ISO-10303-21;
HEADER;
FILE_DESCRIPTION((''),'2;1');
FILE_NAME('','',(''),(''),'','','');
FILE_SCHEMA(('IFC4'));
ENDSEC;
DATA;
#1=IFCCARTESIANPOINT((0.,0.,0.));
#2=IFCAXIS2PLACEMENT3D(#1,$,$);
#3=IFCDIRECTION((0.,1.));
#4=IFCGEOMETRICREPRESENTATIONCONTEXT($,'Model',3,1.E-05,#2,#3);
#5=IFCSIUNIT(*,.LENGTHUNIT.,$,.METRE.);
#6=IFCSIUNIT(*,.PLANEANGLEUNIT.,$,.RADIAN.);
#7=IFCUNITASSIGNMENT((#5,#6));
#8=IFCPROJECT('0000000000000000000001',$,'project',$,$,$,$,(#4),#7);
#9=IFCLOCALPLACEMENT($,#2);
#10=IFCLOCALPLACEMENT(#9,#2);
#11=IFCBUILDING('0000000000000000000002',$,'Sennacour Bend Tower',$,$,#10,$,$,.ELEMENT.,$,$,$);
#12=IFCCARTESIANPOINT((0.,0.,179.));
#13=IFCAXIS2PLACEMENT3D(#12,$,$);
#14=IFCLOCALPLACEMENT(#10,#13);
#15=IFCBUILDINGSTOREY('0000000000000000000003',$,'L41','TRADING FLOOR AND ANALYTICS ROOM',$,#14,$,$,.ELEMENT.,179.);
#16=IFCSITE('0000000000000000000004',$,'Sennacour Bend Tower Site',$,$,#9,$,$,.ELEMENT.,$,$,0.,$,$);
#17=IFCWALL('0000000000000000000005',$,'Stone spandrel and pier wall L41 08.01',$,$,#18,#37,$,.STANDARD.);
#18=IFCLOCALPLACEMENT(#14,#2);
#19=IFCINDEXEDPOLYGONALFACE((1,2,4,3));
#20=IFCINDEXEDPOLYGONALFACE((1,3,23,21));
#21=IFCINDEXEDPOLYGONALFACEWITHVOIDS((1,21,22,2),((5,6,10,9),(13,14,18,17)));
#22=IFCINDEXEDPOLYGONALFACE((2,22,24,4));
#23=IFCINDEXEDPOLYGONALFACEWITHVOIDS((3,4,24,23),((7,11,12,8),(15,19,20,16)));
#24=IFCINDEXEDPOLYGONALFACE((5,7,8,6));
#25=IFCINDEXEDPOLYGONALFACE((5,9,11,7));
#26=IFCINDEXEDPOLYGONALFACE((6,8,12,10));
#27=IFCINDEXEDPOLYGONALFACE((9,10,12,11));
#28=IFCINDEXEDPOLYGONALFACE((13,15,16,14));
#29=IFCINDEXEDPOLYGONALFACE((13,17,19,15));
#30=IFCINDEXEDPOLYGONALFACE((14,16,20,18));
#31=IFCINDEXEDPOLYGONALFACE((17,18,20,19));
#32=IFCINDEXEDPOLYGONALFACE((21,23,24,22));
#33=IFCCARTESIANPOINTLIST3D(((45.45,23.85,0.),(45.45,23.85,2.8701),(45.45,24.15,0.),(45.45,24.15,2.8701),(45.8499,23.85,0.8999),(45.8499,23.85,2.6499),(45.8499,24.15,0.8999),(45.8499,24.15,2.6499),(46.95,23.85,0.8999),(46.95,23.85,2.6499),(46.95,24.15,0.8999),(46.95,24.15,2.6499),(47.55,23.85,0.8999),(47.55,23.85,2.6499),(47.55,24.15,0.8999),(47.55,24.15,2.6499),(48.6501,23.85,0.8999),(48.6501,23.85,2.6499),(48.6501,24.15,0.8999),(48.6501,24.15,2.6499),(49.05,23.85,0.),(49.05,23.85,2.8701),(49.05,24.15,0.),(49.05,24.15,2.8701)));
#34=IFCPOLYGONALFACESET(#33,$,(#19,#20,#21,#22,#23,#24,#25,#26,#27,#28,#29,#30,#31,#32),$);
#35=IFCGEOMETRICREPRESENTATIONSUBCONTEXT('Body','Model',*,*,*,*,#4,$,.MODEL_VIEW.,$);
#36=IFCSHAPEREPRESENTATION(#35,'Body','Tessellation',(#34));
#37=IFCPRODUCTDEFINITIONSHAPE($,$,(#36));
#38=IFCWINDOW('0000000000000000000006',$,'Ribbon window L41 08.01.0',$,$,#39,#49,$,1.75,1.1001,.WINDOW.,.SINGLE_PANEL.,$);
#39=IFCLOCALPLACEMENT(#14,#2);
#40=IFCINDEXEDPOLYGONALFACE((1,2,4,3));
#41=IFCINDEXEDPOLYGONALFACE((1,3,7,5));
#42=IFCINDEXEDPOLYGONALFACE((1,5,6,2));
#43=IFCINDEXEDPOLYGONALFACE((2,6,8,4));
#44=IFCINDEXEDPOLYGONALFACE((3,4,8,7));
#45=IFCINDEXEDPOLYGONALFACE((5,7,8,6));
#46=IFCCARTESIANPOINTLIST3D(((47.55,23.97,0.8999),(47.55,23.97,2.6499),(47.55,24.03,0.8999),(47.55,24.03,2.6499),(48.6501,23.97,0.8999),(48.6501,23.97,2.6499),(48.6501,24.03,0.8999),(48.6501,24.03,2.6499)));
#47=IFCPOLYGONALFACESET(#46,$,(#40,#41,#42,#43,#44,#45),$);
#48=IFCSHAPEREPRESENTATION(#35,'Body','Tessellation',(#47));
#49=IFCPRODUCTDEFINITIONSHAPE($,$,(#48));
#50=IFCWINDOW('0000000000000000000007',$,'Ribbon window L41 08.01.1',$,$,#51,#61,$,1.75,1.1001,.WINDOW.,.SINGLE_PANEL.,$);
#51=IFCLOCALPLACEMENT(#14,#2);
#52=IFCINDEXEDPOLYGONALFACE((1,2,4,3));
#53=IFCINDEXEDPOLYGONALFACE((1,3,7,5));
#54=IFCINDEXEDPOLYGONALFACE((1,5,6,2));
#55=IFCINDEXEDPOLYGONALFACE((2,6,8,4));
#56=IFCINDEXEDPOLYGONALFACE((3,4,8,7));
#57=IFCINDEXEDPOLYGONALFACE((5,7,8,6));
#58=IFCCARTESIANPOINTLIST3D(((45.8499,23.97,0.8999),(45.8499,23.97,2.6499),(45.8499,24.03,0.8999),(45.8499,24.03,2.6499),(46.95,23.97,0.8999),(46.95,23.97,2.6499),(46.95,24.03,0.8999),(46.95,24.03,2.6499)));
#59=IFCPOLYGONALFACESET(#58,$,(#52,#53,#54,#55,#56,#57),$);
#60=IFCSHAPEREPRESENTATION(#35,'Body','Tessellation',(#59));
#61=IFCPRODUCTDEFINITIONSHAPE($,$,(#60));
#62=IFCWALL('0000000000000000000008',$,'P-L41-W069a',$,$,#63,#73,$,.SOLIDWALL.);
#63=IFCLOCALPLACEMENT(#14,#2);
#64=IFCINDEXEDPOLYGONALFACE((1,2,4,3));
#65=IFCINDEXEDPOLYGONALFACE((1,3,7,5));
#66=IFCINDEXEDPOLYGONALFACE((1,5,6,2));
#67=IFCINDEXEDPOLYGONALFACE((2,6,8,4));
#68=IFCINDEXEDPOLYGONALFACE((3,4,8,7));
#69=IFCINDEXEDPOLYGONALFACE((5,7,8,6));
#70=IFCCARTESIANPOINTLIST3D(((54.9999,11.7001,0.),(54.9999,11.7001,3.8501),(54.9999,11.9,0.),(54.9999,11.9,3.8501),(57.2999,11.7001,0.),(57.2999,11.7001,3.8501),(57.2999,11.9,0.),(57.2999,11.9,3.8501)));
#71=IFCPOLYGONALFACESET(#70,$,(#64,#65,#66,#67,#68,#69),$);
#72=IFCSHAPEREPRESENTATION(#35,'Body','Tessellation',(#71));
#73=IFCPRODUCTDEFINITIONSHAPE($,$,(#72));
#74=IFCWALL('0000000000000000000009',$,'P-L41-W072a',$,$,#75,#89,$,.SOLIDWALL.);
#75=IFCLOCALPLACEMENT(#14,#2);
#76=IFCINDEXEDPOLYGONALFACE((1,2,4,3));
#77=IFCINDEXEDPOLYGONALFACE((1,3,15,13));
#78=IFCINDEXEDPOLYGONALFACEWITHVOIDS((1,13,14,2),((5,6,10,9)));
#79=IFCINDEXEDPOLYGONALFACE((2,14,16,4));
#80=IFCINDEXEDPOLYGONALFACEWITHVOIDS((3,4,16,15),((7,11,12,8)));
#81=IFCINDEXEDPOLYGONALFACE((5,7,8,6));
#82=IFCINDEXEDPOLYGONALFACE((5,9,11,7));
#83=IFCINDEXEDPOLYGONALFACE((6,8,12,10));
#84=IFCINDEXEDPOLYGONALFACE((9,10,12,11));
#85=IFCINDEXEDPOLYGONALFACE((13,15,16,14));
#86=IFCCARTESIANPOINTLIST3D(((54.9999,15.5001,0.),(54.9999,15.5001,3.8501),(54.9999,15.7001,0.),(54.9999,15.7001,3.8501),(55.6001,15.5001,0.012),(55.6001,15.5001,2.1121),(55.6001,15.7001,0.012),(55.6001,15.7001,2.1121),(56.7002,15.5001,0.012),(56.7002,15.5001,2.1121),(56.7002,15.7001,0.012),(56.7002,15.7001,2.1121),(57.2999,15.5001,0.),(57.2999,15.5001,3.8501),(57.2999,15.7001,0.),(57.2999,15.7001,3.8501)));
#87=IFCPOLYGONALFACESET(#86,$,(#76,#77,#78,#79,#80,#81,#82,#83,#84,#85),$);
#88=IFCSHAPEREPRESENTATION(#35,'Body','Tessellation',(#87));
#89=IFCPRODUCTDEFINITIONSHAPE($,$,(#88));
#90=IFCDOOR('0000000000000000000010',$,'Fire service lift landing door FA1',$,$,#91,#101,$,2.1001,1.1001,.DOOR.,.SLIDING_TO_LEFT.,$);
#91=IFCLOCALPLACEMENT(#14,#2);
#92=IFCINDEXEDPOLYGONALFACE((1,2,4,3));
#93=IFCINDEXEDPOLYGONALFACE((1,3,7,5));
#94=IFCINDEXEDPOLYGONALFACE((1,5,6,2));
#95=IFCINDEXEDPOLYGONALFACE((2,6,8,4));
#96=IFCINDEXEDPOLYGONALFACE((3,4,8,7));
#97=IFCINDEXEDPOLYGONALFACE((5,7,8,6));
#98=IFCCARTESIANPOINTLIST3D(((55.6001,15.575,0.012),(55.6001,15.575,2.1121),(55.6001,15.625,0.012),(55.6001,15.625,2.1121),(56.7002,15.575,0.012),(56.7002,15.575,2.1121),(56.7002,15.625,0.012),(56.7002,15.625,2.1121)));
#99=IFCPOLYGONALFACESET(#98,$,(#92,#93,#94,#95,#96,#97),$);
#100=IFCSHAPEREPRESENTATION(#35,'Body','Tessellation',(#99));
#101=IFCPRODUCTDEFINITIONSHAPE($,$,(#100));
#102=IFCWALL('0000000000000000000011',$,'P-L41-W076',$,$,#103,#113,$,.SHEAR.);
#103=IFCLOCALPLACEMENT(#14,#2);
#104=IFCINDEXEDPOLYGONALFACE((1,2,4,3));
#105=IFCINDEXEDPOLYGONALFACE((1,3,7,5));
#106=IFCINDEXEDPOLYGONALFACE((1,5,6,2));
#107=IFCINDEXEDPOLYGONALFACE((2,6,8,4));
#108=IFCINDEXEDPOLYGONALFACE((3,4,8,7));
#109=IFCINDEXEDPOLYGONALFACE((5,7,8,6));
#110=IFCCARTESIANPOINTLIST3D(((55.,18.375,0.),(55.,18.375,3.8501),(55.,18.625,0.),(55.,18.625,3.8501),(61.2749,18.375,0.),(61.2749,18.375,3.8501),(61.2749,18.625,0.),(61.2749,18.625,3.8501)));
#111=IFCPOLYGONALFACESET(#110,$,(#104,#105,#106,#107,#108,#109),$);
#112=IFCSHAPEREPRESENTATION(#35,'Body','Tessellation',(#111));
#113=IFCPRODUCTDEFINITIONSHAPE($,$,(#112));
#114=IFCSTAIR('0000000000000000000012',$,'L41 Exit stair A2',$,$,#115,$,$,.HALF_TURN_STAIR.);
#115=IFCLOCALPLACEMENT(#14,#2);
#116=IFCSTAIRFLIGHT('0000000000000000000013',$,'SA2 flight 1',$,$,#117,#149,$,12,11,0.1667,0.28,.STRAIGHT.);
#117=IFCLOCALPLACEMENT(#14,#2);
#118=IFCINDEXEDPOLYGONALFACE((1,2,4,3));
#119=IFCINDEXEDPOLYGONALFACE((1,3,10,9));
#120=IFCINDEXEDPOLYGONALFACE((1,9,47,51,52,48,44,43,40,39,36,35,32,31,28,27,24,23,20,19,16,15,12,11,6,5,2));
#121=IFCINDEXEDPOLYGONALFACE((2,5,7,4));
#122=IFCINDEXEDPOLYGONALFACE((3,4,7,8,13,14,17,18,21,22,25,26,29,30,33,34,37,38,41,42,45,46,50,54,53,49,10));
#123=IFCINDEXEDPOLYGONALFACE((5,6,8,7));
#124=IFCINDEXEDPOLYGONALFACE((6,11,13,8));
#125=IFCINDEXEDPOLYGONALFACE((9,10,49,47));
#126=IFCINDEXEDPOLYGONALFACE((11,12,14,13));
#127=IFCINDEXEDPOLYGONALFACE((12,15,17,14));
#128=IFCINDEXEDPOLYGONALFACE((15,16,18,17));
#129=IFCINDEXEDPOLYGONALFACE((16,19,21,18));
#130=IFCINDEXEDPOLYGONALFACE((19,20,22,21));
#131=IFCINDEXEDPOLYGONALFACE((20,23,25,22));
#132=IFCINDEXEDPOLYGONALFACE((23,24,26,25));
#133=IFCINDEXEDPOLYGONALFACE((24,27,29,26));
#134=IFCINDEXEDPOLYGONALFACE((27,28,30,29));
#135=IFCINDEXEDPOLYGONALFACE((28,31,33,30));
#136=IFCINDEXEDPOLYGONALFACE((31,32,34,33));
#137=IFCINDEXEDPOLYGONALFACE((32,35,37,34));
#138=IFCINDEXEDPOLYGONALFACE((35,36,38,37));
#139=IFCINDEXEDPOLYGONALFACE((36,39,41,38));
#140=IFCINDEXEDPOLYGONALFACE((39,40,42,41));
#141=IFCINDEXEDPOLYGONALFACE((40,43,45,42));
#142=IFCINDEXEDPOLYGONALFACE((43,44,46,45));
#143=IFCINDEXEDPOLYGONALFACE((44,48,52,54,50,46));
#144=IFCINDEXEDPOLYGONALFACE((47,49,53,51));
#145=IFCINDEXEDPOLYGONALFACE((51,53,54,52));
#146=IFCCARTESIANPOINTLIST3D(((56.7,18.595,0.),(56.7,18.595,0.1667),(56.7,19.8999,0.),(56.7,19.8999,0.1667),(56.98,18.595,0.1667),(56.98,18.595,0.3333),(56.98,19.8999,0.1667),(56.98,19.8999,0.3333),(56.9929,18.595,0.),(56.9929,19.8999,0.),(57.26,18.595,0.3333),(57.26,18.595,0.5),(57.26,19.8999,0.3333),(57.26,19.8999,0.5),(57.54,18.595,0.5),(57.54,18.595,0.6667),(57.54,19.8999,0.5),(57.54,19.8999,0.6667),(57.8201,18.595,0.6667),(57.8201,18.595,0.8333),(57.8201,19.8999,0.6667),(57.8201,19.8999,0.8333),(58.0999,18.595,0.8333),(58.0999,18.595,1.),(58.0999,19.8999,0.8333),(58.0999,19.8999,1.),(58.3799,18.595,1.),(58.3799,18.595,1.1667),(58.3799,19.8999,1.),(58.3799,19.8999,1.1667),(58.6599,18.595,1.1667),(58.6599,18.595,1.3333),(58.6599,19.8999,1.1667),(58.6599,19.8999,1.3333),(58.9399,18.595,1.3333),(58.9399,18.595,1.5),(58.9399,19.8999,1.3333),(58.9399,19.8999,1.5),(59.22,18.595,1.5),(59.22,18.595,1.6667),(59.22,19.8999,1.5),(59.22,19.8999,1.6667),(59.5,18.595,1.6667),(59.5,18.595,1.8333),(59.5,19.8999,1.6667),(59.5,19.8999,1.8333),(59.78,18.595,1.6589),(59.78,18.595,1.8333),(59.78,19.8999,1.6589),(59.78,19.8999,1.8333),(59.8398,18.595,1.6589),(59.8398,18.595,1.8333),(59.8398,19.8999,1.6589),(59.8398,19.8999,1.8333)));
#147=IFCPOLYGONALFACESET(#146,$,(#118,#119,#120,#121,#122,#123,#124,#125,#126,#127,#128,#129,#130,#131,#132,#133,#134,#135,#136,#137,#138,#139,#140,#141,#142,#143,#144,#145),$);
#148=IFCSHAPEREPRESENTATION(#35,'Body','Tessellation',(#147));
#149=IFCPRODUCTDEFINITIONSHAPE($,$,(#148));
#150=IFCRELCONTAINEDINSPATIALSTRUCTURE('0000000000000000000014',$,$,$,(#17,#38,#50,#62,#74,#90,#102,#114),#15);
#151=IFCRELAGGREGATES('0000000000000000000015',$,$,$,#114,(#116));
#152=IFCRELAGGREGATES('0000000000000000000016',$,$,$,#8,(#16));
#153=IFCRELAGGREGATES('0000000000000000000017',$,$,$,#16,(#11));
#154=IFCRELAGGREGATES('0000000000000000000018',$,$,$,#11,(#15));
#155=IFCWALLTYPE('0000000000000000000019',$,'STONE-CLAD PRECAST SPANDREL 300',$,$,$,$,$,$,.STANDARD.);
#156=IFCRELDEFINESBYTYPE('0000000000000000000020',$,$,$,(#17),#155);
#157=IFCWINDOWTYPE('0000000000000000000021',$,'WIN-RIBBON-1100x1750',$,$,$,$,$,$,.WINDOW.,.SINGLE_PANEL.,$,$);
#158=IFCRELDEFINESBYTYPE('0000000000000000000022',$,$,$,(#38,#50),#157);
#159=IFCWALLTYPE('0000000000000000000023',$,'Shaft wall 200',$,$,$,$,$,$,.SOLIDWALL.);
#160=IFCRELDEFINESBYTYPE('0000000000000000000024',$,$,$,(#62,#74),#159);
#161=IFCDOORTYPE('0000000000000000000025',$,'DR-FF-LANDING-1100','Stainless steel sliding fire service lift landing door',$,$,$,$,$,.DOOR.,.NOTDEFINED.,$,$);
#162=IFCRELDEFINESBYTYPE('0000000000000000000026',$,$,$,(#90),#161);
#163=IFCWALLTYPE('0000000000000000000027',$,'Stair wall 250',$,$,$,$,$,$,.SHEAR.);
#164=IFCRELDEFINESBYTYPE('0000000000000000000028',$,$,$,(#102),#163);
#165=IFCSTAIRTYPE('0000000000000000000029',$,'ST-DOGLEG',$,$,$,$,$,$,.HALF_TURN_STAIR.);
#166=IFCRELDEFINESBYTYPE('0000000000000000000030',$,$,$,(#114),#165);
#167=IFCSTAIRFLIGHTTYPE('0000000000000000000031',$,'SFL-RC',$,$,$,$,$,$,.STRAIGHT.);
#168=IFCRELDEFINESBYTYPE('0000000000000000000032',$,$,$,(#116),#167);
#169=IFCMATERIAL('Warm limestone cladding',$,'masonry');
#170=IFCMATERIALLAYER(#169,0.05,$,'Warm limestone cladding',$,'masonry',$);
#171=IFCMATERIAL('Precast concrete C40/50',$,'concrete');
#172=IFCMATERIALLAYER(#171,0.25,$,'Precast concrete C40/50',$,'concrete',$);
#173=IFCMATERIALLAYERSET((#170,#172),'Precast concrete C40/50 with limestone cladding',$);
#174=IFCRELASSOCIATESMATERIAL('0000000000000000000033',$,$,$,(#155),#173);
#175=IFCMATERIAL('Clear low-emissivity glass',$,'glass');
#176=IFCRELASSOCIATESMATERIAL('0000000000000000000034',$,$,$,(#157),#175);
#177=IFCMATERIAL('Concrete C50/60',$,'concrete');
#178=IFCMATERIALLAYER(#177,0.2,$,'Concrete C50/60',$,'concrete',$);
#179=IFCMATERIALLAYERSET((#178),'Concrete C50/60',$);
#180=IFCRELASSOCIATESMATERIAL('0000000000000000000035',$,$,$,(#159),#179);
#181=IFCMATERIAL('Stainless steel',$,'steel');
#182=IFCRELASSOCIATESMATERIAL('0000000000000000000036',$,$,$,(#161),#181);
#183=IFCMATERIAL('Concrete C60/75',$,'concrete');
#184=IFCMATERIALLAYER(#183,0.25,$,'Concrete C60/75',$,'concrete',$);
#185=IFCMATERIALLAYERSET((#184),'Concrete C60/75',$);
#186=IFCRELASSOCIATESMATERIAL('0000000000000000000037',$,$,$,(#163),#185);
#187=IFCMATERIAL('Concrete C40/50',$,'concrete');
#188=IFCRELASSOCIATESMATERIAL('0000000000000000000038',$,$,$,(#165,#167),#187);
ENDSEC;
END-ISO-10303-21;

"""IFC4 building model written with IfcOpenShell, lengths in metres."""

from ifc_helpers import new_model, si_unit, direction, frame, frame_2d, origin, place, context, subcontext, project, spatial, polyline, rectangle, outline, extrude, material, layer, layer_set, type_object, element, fill, aggregate, save


model = new_model("IFC4")

# Units and contexts
model_context = context("Model", 3, precision=1e-05, world=origin(), true_north=direction((0.0, 1.0)))
body_context = subcontext(model_context, "Body", "Model", "MODEL_VIEW")
ifc_project = project(units=[si_unit("LENGTHUNIT", "METRE"), si_unit("PLANEANGLEUNIT", "RADIAN")], contexts=[model_context])

# Site, building, storey
site_placement = place(None, origin())
site = spatial("IfcSite", under=ifc_project, at=site_placement, Name="Sennacour Bend Tower Site", CompositionType="ELEMENT", RefElevation=0.0)
building_placement = place(site_placement, origin())
building = spatial("IfcBuilding", under=site, at=building_placement, Name="Sennacour Bend Tower", CompositionType="ELEMENT")
storey_placement = place(building_placement, frame((0.0, 0.0, 179.0)))
storey = spatial("IfcBuildingStorey", under=building, at=storey_placement, Name="L41", Description="TRADING FLOOR AND ANALYTICS ROOM", CompositionType="ELEMENT", Elevation=179.0)

# Shared definitions
ifc_material_1 = material(Name="Concrete C60/75", Category="concrete")

# Shared definitions
ifc_material_2 = material(Name="Warm limestone cladding", Category="masonry")
ifc_layer_1 = layer(ifc_material_2, 0.05, Name="Warm limestone cladding", Category="masonry")
ifc_material_3 = material(Name="Precast concrete C40/50", Category="concrete")
ifc_layer_2 = layer(ifc_material_3, 0.25, Name="Precast concrete C40/50", Category="concrete")
ifc_layer_set_1 = layer_set([ifc_layer_1, ifc_layer_2], Name="Precast concrete C40/50 with limestone cladding")
wall_type_1 = type_object("IfcWallType", Name="STONE-CLAD PRECAST SPANDREL 300", PredefinedType="STANDARD", material=ifc_layer_set_1)

# Wall, openings, windows
ifc_material_4 = material(Name="Clear low-emissivity glass", Category="glass")
window_type = type_object("IfcWindowType", Name="WIN-RIBBON-1100x1750", PartitioningType="SINGLE_PANEL", PredefinedType="WINDOW", material=ifc_material_4)
wall_1_placement = place(storey_placement, frame((49.05, 24.0, 0.0), z_axis=(0.0, 0.0, 1.0), x_axis=(-1.0, 0.0, 0.0)))
wall_1 = element("IfcWall", 1, at=wall_1_placement, inside=storey, type_object=wall_type_1, Name="Stone spandrel and pier wall L41 08.01", PredefinedType="STANDARD", context=body_context, shape_type="SweptSolid", body=[
    extrude(rectangle(XDim=3.6001, YDim=0.3, at=frame_2d((1.8, 0.0))), origin(), (0.0, 0.0, 1.0), 2.8701),
])
opening_1_placement = place(wall_1_placement, frame((0.3999, 0.0, 0.8999)))
opening_1 = element("IfcOpeningElement", 2, at=opening_1_placement, cuts=wall_1, PredefinedType="OPENING", context=body_context, shape_type="SweptSolid", body=[
    extrude(rectangle(XDim=1.1001, YDim=1.75, at=frame_2d((0.55, 0.875))), frame((0.0, 0.1602, 0.0), z_axis=(0.0, -1.0, 0.0), x_axis=(1.0, 0.0, 0.0)), (0.0, 0.0, 1.0), 0.3201),
])
opening_2_placement = place(wall_1_placement, frame((2.1001, 0.0, 0.8999)))
opening_2 = element("IfcOpeningElement", 3, at=opening_2_placement, cuts=wall_1, PredefinedType="OPENING", context=body_context, shape_type="SweptSolid", body=[
    extrude(rectangle(XDim=1.1001, YDim=1.75, at=frame_2d((0.55, 0.875))), frame((0.0, 0.1602, 0.0), z_axis=(0.0, -1.0, 0.0), x_axis=(1.0, 0.0, 0.0)), (0.0, 0.0, 1.0), 0.3201),
])
window_1_placement = place(opening_1_placement, origin())
window_1 = element("IfcWindow", 4, at=window_1_placement, inside=storey, type_object=window_type, Name="Ribbon window L41 08.01.0", OverallHeight=1.75, OverallWidth=1.1001, PartitioningType="SINGLE_PANEL", PredefinedType="WINDOW", context=body_context, shape_type="SweptSolid", body=[
    extrude(rectangle(XDim=1.1001, YDim=1.75, at=frame_2d((0.55, 0.875))), frame((0.0, 0.03, 0.0), z_axis=(0.0, -1.0, 0.0), x_axis=(1.0, 0.0, 0.0)), (0.0, 0.0, 1.0), 0.0601),
])
fill(opening_1, window_1)
window_2_placement = place(opening_2_placement, origin())
window_2 = element("IfcWindow", 5, at=window_2_placement, inside=storey, type_object=window_type, Name="Ribbon window L41 08.01.1", OverallHeight=1.75, OverallWidth=1.1001, PartitioningType="SINGLE_PANEL", PredefinedType="WINDOW", context=body_context, shape_type="SweptSolid", body=[
    extrude(rectangle(XDim=1.1001, YDim=1.75, at=frame_2d((0.55, 0.875))), frame((0.0, 0.03, 0.0), z_axis=(0.0, -1.0, 0.0), x_axis=(1.0, 0.0, 0.0)), (0.0, 0.0, 1.0), 0.0601),
])
fill(opening_2, window_2)

# Wall
ifc_material_5 = material(Name="Concrete C50/60", Category="concrete")
ifc_layer_3 = layer(ifc_material_5, 0.2, Name="Concrete C50/60", Category="concrete")
ifc_layer_set_2 = layer_set([ifc_layer_3], Name="Concrete C50/60")
wall_type_2 = type_object("IfcWallType", Name="Shaft wall 200", PredefinedType="SOLIDWALL", material=ifc_layer_set_2)
wall_2_placement = place(storey_placement, frame((55.0, 11.8, 0.0), z_axis=(0.0, 0.0, 1.0), x_axis=(1.0, 0.0, 0.0)))
element("IfcWall", 6, at=wall_2_placement, inside=storey, type_object=wall_type_2, Name="P-L41-W069a", PredefinedType="SOLIDWALL", context=body_context, shape_type="SweptSolid", body=[
    extrude(rectangle(XDim=2.3, YDim=0.2, at=frame_2d((1.1499, 0.0))), origin(), (0.0, 0.0, 1.0), 3.8501),
])

# Wall, opening, door
wall_3_placement = place(storey_placement, frame((55.0, 15.6001, 0.0), z_axis=(0.0, 0.0, 1.0), x_axis=(1.0, 0.0, 0.0)))
wall_3 = element("IfcWall", 7, at=wall_3_placement, inside=storey, type_object=wall_type_2, Name="P-L41-W072a", PredefinedType="SOLIDWALL", context=body_context, shape_type="SweptSolid", body=[
    extrude(rectangle(XDim=2.3, YDim=0.2, at=frame_2d((1.1499, 0.0))), origin(), (0.0, 0.0, 1.0), 3.8501),
])
opening_3_placement = place(wall_3_placement, frame((0.6001, 0.0, 0.012)))
opening_3 = element("IfcOpeningElement", 8, at=opening_3_placement, cuts=wall_3, PredefinedType="OPENING", context=body_context, shape_type="SweptSolid", body=[
    extrude(rectangle(XDim=1.1001, YDim=2.1001, at=frame_2d((0.55, 1.05))), frame((0.0, 0.1099, 0.0), z_axis=(0.0, -1.0, 0.0), x_axis=(1.0, 0.0, 0.0)), (0.0, 0.0, 1.0), 0.22),
])
ifc_material_6 = material(Name="Stainless steel", Category="steel")
door_type_1 = type_object("IfcDoorType", Name="DR-FF-LANDING-1100", Description="Stainless steel sliding fire service lift landing door", OperationType="NOTDEFINED", PredefinedType="DOOR", material=ifc_material_6)
door_1_placement = place(opening_3_placement, origin())
door_1 = element("IfcDoor", 9, at=door_1_placement, inside=storey, type_object=door_type_1, Name="Fire service lift landing door FA1", OperationType="SLIDING_TO_LEFT", OverallHeight=2.1001, OverallWidth=1.1001, PredefinedType="DOOR", context=body_context, shape_type="SweptSolid", body=[
    extrude(rectangle(XDim=1.1001, YDim=2.1001, at=frame_2d((0.55, 1.05))), frame((0.0, 0.0249, 0.0), z_axis=(0.0, -1.0, 0.0), x_axis=(1.0, 0.0, 0.0)), (0.0, 0.0, 1.0), 0.05),
])
fill(opening_3, door_1)

# Wall
ifc_layer_4 = layer(ifc_material_1, 0.25, Name="Concrete C60/75", Category="concrete")
ifc_layer_set_3 = layer_set([ifc_layer_4], Name="Concrete C60/75")
wall_type_3 = type_object("IfcWallType", Name="Stair wall 250", PredefinedType="SHEAR", material=ifc_layer_set_3)
wall_4_placement = place(storey_placement, frame((55.0, 18.5, 0.0), z_axis=(0.0, 0.0, 1.0), x_axis=(1.0, 0.0, 0.0)))
element("IfcWall", 10, at=wall_4_placement, inside=storey, type_object=wall_type_3, Name="P-L41-W076", PredefinedType="SHEAR", context=body_context, shape_type="SweptSolid", body=[
    extrude(rectangle(XDim=6.2749, YDim=0.25, at=frame_2d((3.1375, 0.0))), origin(), (0.0, 0.0, 1.0), 3.8501),
])

# Stair, stair flight
ifc_material_7 = material(Name="Concrete C40/50", Category="concrete")
stair_type = type_object("IfcStairType", Name="ST-DOGLEG", PredefinedType="HALF_TURN_STAIR", material=ifc_material_7)
stair_placement = place(storey_placement, origin())
stair = element("IfcStair", 11, at=stair_placement, inside=storey, type_object=stair_type, Name="L41 Exit stair A2", PredefinedType="HALF_TURN_STAIR")
stair_flight_type = type_object("IfcStairFlightType", Name="SFL-RC", PredefinedType="STRAIGHT", material=ifc_material_7)
stair_flight_placement = place(storey_placement, frame((56.7, 19.2476, 0.0), z_axis=(0.0, 0.0, 1.0), x_axis=(1.0, 0.0, 0.0)))
stair_flight = element("IfcStairFlight", 12, at=stair_flight_placement, type_object=stair_flight_type, Name="SA2 flight 1", NumberOfRisers=12, NumberOfTreads=11, PredefinedType="STRAIGHT", RiserHeight=0.1667, TreadLength=0.28, context=body_context, shape_type="SweptSolid", body=[
    extrude(outline(polyline([(0.0, 0.0), (0.0, 0.1667), (0.28, 0.1667), (0.28, 0.3333), (0.5601, 0.3333), (0.5601, 0.5), (0.8401, 0.5), (0.8401, 0.6667), (1.1201, 0.6667), (1.1201, 0.8333), (1.3999, 0.8333), (1.3999, 1.0), (1.6799, 1.0), (1.6799, 1.1667), (1.96, 1.1667), (1.96, 1.3333), (2.24, 1.3333), (2.24, 1.5), (2.52, 1.5), (2.52, 1.6667), (2.8, 1.6667), (2.8, 1.8333), (3.0801, 1.8333), (3.1399, 1.8333), (3.1399, 1.6589), (3.0801, 1.6589), (0.293, 0.0), (0.0, 0.0)])), frame((0.0, 0.6523, 0.0), z_axis=(0.0, -1.0, 0.0), x_axis=(1.0, 0.0, 0.0)), (0.0, 0.0, 1.0), 1.3049),
])
aggregate(stair, [stair_flight])

save(model, "model.ifc")
